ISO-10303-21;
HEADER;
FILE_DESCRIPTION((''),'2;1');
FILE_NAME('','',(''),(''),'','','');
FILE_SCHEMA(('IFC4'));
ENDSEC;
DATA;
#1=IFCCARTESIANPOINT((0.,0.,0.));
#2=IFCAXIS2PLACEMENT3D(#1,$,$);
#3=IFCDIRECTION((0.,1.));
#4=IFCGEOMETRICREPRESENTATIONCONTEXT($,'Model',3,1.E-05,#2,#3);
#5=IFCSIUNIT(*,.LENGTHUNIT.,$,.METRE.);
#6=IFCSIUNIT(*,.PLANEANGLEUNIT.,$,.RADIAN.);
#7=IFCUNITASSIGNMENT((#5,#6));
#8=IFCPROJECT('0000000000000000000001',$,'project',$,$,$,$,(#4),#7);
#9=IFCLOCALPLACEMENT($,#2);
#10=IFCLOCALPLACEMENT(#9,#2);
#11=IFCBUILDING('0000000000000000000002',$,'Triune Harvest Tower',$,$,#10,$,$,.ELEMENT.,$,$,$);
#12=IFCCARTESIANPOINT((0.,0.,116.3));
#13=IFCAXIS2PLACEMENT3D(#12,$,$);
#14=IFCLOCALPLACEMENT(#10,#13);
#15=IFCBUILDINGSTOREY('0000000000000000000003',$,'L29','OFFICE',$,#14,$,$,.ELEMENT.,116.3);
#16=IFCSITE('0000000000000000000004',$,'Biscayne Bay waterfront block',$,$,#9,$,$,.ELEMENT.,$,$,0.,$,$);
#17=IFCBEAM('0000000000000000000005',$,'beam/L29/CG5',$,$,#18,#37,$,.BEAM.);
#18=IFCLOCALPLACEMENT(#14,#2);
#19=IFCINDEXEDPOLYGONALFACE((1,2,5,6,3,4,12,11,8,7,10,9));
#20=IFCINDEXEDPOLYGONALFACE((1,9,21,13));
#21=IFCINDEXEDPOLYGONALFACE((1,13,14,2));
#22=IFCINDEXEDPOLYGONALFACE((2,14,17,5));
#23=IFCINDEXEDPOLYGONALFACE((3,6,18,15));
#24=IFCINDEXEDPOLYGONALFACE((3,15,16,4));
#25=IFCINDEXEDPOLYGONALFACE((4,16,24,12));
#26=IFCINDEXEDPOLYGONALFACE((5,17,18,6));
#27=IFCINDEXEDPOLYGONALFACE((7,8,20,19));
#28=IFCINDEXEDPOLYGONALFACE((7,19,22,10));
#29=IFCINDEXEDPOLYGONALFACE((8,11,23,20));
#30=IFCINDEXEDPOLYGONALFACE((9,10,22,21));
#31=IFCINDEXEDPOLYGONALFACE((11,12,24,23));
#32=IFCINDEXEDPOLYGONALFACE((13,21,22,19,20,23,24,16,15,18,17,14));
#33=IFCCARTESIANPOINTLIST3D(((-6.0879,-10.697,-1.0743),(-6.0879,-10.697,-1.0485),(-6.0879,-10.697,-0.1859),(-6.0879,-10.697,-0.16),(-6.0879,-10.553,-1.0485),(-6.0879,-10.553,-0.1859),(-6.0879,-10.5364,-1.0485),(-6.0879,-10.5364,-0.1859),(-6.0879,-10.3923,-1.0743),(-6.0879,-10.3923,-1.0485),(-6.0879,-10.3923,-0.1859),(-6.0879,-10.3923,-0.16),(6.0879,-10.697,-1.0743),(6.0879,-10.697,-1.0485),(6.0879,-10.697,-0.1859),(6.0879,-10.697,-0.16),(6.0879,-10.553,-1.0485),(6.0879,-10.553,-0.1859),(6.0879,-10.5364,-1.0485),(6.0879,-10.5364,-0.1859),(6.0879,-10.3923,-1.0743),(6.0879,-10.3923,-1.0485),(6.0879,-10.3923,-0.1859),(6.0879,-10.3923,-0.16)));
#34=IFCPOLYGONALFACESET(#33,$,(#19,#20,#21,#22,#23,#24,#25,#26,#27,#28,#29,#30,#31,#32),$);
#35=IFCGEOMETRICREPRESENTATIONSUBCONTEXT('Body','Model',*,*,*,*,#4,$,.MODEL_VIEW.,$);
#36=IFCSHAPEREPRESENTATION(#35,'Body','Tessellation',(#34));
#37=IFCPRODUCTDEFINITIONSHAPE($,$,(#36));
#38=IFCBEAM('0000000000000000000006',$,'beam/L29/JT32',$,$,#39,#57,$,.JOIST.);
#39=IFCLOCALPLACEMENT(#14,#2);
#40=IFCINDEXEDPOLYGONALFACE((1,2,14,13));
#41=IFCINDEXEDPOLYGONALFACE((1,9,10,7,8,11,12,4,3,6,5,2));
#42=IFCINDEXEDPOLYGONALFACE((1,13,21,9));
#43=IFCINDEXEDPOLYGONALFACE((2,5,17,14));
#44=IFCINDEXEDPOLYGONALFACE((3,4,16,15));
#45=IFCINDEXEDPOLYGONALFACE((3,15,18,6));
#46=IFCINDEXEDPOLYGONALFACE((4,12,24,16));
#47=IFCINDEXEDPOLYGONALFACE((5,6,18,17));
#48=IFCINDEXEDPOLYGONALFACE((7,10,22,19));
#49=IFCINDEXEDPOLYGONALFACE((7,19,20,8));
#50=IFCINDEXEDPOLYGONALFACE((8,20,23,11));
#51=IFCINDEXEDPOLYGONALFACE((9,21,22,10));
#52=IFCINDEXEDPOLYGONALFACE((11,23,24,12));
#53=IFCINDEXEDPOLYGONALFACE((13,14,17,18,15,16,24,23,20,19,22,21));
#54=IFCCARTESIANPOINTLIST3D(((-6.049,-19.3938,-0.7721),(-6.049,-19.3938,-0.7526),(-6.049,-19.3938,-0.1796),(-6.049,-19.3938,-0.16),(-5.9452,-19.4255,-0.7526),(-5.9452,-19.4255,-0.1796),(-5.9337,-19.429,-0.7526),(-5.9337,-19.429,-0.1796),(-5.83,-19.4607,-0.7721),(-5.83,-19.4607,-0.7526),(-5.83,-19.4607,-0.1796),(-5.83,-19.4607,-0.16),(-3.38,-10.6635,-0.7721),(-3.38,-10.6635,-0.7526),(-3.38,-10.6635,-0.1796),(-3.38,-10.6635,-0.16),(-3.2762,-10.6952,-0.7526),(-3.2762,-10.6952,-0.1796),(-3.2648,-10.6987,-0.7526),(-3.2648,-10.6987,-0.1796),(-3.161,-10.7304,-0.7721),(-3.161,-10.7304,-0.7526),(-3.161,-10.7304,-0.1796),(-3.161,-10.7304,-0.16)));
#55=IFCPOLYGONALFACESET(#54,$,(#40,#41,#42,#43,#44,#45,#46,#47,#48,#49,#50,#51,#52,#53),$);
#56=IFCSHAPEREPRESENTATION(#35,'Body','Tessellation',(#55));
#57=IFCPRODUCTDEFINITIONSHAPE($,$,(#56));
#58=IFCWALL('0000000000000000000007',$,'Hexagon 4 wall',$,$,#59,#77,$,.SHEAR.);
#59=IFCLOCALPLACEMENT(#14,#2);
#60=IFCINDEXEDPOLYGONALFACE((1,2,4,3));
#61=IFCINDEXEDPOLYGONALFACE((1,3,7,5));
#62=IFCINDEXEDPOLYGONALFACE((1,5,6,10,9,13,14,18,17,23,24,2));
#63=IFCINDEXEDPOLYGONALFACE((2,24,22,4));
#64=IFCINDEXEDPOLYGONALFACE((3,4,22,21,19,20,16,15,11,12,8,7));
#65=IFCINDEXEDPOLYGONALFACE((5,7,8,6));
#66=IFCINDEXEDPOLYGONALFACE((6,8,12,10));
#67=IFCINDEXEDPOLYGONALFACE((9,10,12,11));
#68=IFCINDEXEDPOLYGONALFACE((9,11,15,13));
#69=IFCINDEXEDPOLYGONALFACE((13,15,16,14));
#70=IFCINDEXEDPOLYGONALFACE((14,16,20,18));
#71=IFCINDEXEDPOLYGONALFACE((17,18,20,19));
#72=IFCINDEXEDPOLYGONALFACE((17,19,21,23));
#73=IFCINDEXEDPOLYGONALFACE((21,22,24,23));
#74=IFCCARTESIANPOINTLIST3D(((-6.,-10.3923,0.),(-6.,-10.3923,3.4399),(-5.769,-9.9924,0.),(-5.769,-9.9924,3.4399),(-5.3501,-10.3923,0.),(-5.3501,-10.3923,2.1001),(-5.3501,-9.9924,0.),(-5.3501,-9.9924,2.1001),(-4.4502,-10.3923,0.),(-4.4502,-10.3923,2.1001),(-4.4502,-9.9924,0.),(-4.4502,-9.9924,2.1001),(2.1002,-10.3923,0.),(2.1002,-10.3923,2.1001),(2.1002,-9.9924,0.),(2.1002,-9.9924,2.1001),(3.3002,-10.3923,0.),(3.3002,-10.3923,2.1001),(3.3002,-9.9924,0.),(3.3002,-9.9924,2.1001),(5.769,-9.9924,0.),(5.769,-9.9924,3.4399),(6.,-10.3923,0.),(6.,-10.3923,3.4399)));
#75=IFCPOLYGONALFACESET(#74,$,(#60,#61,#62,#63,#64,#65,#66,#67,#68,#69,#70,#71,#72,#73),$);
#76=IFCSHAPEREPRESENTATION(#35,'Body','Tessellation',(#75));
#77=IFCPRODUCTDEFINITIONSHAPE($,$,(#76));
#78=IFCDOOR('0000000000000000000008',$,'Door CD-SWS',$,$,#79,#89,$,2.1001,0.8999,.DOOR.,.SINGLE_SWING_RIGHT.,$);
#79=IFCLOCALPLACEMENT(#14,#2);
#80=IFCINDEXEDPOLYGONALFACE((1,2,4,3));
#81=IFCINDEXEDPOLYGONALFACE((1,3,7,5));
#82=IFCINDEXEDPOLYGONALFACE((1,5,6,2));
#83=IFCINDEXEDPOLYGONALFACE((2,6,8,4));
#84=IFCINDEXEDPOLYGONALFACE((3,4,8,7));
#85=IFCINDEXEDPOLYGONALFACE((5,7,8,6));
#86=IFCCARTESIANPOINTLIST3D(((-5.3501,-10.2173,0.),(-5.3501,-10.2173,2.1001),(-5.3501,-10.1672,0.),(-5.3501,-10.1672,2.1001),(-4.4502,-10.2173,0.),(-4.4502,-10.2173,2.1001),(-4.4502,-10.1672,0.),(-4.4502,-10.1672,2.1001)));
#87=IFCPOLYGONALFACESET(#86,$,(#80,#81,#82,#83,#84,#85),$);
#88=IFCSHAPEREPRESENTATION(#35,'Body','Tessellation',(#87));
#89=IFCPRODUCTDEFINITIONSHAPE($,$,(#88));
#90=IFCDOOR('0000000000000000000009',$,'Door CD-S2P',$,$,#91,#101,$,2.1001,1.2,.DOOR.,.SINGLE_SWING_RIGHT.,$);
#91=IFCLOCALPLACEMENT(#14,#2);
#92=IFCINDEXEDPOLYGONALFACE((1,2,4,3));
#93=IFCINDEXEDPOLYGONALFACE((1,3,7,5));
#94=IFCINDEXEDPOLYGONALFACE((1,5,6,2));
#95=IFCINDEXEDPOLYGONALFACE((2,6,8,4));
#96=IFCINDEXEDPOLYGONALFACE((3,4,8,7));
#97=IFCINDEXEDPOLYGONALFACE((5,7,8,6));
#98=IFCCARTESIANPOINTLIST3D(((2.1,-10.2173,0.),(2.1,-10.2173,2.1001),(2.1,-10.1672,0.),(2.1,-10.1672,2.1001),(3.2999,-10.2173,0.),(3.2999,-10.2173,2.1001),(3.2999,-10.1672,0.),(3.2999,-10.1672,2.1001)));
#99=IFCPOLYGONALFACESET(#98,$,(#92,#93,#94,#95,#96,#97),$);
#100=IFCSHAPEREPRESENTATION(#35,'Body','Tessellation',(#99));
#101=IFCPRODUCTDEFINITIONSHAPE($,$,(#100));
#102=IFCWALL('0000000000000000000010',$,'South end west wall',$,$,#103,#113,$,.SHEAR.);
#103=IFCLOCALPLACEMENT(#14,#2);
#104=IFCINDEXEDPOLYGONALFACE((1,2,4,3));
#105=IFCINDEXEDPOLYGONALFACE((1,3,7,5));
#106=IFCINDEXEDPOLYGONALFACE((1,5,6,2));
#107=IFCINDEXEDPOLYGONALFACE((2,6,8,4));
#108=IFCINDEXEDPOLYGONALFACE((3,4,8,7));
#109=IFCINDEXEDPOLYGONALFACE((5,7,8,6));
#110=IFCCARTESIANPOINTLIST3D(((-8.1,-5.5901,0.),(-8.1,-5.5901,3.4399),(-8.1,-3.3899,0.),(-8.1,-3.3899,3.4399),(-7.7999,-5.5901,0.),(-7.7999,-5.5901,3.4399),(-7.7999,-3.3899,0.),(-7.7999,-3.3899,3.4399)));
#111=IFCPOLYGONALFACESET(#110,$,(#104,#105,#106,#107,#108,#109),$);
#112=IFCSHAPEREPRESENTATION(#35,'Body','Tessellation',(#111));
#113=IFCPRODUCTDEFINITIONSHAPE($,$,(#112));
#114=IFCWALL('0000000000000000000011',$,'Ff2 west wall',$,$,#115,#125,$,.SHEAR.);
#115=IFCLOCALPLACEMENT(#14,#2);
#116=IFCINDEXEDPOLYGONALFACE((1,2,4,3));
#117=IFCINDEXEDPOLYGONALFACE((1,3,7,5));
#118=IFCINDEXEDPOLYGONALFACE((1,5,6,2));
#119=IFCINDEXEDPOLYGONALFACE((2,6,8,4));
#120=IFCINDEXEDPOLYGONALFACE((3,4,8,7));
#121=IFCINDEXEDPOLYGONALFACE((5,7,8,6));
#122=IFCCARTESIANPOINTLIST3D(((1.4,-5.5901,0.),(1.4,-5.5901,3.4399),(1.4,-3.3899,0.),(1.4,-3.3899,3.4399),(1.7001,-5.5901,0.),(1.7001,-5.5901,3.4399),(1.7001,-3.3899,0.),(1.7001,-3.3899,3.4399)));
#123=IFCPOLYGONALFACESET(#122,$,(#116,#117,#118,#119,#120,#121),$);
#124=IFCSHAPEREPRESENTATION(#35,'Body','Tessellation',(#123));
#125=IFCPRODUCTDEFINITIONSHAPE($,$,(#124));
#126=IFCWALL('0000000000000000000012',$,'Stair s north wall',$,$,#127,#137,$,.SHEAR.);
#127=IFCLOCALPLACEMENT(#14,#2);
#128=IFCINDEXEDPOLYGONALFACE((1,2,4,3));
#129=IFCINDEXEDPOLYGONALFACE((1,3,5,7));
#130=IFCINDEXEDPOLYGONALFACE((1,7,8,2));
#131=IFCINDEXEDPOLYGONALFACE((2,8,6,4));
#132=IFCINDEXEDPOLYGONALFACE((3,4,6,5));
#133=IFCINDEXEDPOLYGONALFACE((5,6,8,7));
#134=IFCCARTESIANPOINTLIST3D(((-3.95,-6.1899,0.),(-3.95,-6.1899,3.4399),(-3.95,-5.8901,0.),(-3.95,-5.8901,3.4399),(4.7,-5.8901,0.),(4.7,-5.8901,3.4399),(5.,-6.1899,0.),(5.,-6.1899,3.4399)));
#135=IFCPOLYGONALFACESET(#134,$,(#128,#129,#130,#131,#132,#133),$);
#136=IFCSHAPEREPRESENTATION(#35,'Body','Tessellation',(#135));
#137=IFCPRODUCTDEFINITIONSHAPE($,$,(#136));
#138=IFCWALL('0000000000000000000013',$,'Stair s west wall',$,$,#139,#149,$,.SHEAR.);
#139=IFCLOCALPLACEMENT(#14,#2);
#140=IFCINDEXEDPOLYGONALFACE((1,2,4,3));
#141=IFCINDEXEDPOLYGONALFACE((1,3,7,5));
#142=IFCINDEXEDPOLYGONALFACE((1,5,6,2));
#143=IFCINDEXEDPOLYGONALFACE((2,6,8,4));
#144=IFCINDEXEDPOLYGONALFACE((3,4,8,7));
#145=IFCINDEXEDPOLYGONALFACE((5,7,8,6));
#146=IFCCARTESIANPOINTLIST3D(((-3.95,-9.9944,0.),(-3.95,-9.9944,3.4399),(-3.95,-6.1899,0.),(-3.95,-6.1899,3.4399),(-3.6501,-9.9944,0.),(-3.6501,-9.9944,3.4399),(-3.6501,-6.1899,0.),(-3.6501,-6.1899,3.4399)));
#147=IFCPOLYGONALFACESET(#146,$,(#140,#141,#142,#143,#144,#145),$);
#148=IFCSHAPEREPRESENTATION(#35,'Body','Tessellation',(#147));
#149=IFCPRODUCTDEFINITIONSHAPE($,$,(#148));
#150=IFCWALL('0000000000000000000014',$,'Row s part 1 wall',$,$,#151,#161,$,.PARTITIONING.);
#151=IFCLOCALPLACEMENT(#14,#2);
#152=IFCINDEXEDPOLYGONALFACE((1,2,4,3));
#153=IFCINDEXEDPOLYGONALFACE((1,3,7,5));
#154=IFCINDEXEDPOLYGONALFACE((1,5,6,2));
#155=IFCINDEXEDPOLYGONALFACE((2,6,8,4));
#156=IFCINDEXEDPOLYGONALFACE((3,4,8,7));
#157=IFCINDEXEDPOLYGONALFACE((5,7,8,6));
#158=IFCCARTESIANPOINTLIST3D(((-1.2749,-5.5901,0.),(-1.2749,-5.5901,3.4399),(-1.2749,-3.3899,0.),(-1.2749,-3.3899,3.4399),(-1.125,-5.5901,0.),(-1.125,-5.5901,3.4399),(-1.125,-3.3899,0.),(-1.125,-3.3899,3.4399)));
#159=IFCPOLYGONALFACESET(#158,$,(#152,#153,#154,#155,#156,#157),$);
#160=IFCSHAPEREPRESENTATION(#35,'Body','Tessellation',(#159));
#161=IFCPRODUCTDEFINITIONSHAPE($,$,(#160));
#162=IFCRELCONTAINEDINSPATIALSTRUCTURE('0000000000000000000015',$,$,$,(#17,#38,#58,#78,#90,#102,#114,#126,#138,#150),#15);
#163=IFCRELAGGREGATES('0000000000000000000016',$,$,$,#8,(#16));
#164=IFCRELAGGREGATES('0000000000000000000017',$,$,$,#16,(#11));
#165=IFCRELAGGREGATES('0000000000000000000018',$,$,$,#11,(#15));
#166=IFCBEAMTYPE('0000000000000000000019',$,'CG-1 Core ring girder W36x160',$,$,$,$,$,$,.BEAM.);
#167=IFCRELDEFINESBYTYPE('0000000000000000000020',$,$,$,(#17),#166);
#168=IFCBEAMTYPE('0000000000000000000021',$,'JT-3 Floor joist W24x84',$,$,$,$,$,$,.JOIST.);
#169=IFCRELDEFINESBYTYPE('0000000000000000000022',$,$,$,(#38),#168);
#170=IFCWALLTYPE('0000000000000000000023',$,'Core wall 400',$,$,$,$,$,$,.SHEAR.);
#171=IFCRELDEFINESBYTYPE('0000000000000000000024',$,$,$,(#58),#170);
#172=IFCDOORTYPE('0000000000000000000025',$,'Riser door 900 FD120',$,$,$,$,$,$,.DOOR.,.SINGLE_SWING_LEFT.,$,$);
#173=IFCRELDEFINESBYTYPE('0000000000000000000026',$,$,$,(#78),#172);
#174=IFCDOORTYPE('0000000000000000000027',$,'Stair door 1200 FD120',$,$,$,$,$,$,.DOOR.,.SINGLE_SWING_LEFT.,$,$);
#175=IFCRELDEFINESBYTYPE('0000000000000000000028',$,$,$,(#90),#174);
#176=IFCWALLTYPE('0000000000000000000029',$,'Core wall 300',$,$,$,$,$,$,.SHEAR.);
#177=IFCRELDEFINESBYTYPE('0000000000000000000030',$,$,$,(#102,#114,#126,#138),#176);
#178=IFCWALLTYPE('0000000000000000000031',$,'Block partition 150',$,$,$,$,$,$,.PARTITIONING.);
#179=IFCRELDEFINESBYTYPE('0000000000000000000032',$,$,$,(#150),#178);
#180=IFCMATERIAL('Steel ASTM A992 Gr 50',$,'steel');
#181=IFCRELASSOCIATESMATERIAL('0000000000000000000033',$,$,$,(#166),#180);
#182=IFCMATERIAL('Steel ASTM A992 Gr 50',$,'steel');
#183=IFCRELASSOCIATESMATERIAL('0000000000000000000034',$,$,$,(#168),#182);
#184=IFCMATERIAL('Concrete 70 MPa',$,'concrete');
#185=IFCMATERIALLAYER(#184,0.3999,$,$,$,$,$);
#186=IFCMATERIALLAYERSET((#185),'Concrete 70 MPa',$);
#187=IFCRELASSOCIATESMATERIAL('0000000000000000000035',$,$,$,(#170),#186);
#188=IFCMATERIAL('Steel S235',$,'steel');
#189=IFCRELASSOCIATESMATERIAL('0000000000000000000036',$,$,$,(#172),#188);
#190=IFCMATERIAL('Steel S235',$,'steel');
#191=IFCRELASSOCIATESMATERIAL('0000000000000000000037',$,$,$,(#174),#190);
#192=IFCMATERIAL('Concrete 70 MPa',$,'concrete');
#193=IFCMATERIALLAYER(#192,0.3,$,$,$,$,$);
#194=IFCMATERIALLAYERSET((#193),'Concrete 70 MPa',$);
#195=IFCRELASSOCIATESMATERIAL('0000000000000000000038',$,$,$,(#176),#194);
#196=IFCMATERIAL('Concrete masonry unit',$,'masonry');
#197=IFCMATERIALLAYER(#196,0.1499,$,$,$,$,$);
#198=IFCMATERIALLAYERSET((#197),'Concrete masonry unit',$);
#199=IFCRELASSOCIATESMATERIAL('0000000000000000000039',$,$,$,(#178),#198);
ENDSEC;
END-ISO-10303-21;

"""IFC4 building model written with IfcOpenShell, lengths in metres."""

from ifc_helpers import new_model, si_unit, direction, frame, frame_2d, origin, origin_2d, place, context, subcontext, project, spatial, polyline, rectangle, i_section, outline, extrude, source, transform, mapped, material, layer, layer_set, material_profile, profile_set, type_object, element, fill, save


model = new_model("IFC4")

# Units and contexts
model_context = context("Model", 3, precision=1e-05, world=origin(), true_north=direction((0.0, 1.0)))
body_context = subcontext(model_context, "Body", "Model", "MODEL_VIEW")
ifc_project = project(units=[si_unit("LENGTHUNIT", "METRE"), si_unit("PLANEANGLEUNIT", "RADIAN")], contexts=[model_context])

# Site, building, storey
site_placement = place(None, origin())
site = spatial("IfcSite", under=ifc_project, at=site_placement, Name="Biscayne Bay waterfront block", CompositionType="ELEMENT", RefElevation=0.0)
building_placement = place(site_placement, origin())
building = spatial("IfcBuilding", under=site, at=building_placement, Name="Triune Harvest Tower", CompositionType="ELEMENT")
storey_placement = place(building_placement, frame((0.0, 0.0, 116.3)))
storey = spatial("IfcBuildingStorey", under=building, at=storey_placement, Name="L29", Description="OFFICE", CompositionType="ELEMENT", Elevation=116.3)

# Beams
ifc_material_1 = material(Name="Steel ASTM A992 Gr 50", Category="steel")
ifc_material_profile_1 = material_profile(ifc_material_1, i_section(OverallWidth=0.3047, OverallDepth=0.9143, WebThickness=0.0166, FlangeThickness=0.0259, at=origin_2d()), Name="W36x160")
ifc_profile_set_1 = profile_set([ifc_material_profile_1], Name="Steel ASTM A992 Gr 50")
beam_type_1 = type_object("IfcBeamType", Name="CG-1 Core ring girder W36x160", PredefinedType="BEAM", material=ifc_profile_set_1)
shared_shape_1 = source(origin(), body_context, "Body", "SweptSolid", [
    extrude(i_section(OverallWidth=0.3047, OverallDepth=0.9143, WebThickness=0.0166, FlangeThickness=0.0259, at=origin_2d()), origin(), (0.0, 0.0, 1.0), 12.1758),
])
beam_1_placement = place(storey_placement, frame((-6.0879, -10.5447, -0.6172), z_axis=(1.0, 0.0, 0.0), x_axis=(0.0, 1.0, 0.0)))
element("IfcBeam", 1, at=beam_1_placement, inside=storey, type_object=beam_type_1, Name="beam/L29/CG5", PredefinedType="BEAM", context=body_context, shape_type="MappedRepresentation", body=[
    mapped(shared_shape_1, transform((0.0, 0.0, 0.0), scale=1.0)),
])
ifc_material_2 = material(Name="Steel ASTM A992 Gr 50", Category="steel")
ifc_material_profile_2 = material_profile(ifc_material_2, i_section(OverallWidth=0.229, OverallDepth=0.6121, WebThickness=0.012, FlangeThickness=0.0195, at=origin_2d()), Name="W24x84")
ifc_profile_set_2 = profile_set([ifc_material_profile_2], Name="Steel ASTM A992 Gr 50")
beam_type_2 = type_object("IfcBeamType", Name="JT-3 Floor joist W24x84", PredefinedType="JOIST", material=ifc_profile_set_2)
shared_shape_2 = source(origin(), body_context, "Body", "SweptSolid", [
    extrude(i_section(OverallWidth=0.229, OverallDepth=0.6121, WebThickness=0.012, FlangeThickness=0.0195, at=origin_2d()), origin(), (0.0, 0.0, 1.0), 9.1292),
])
beam_2_placement = place(storey_placement, frame((-5.9395, -19.4272, -0.4661), z_axis=(0.292356, 0.956309, 0.0), x_axis=(-0.956309, 0.292356, 0.0)))
element("IfcBeam", 2, at=beam_2_placement, inside=storey, type_object=beam_type_2, Name="beam/L29/JT32", PredefinedType="JOIST", context=body_context, shape_type="MappedRepresentation", body=[
    mapped(shared_shape_2, transform((0.0, 0.0, 0.0), scale=1.0)),
])

# Wall, openings, doors
ifc_material_3 = material(Name="Concrete 70 MPa", Category="concrete")
ifc_layer_1 = layer(ifc_material_3, 0.3999)
ifc_layer_set_1 = layer_set([ifc_layer_1], Name="Concrete 70 MPa")
wall_type_1 = type_object("IfcWallType", Name="Core wall 400", PredefinedType="SHEAR", material=ifc_layer_set_1)
shared_shape_3 = source(origin(), body_context, "Body", "SweptSolid", [
    extrude(outline(polyline([(-0.1155, -0.2), (11.8845, -0.2), (11.6536, 0.2), (0.1155, 0.2), (-0.1155, -0.2)])), origin(), (0.0, 0.0, 1.0), 3.4399),
])
wall_1_placement = place(storey_placement, frame((-5.8845, -10.1924, 0.0), z_axis=(0.0, 0.0, 1.0), x_axis=(1.0, 0.0, 0.0)))
wall_1 = element("IfcWall", 3, at=wall_1_placement, inside=storey, type_object=wall_type_1, Name="Hexagon 4 wall", PredefinedType="SHEAR", context=body_context, shape_type="MappedRepresentation", body=[
    mapped(shared_shape_3, transform((0.0, 0.0, 0.0), scale=1.0)),
])
opening_1_placement = place(wall_1_placement, frame((7.9846, 0.0, 0.0)))
opening_1 = element("IfcOpeningElement", 4, at=opening_1_placement, cuts=wall_1, PredefinedType="OPENING", context=body_context, shape_type="SweptSolid", body=[
    extrude(rectangle(XDim=1.2, YDim=2.1001, at=frame_2d((0.6001, 1.05))), frame((0.0, 0.21, 0.0), z_axis=(0.0, -1.0, 0.0), x_axis=(1.0, 0.0, 0.0)), (0.0, 0.0, 1.0), 0.4199),
])
opening_2_placement = place(wall_1_placement, frame((0.5344, 0.0, 0.0)))
opening_2 = element("IfcOpeningElement", 5, at=opening_2_placement, cuts=wall_1, PredefinedType="OPENING", context=body_context, shape_type="SweptSolid", body=[
    extrude(rectangle(XDim=0.8999, YDim=2.1001, at=frame_2d((0.45, 1.05))), frame((0.0, 0.21, 0.0), z_axis=(0.0, -1.0, 0.0), x_axis=(1.0, 0.0, 0.0)), (0.0, 0.0, 1.0), 0.4199),
])
ifc_material_4 = material(Name="Steel S235", Category="steel")
door_type_1 = type_object("IfcDoorType", Name="Riser door 900 FD120", OperationType="SINGLE_SWING_LEFT", PredefinedType="DOOR", material=ifc_material_4)
door_1_placement = place(opening_2_placement, frame((0.8999, 0.0, 0.0), z_axis=(0.0, 0.0, 1.0), x_axis=(-1.0, 0.0, 0.0)))
door_1 = element("IfcDoor", 6, at=door_1_placement, inside=storey, type_object=door_type_1, Name="Door CD-SWS", OperationType="SINGLE_SWING_RIGHT", OverallHeight=2.1001, OverallWidth=0.8999, PredefinedType="DOOR", context=body_context, shape_type="SweptSolid", body=[
    extrude(rectangle(XDim=0.8999, YDim=2.1001, at=frame_2d((0.45, 1.05))), frame((0.0, 0.0249, 0.0), z_axis=(0.0, -1.0, 0.0), x_axis=(1.0, 0.0, 0.0)), (0.0, 0.0, 1.0), 0.05),
])
fill(opening_2, door_1)
ifc_material_5 = material(Name="Steel S235", Category="steel")
door_type_2 = type_object("IfcDoorType", Name="Stair door 1200 FD120", OperationType="SINGLE_SWING_LEFT", PredefinedType="DOOR", material=ifc_material_5)
door_2_placement = place(opening_1_placement, frame((1.2, 0.0, 0.0), z_axis=(0.0, 0.0, 1.0), x_axis=(-1.0, 0.0, 0.0)))
door_2 = element("IfcDoor", 7, at=door_2_placement, inside=storey, type_object=door_type_2, Name="Door CD-S2P", OperationType="SINGLE_SWING_RIGHT", OverallHeight=2.1001, OverallWidth=1.2, PredefinedType="DOOR", context=body_context, shape_type="SweptSolid", body=[
    extrude(rectangle(XDim=1.2, YDim=2.1001, at=frame_2d((0.6001, 1.05))), frame((0.0, 0.0249, 0.0), z_axis=(0.0, -1.0, 0.0), x_axis=(1.0, 0.0, 0.0)), (0.0, 0.0, 1.0), 0.05),
])
fill(opening_1, door_2)

# Walls
ifc_material_6 = material(Name="Concrete 70 MPa", Category="concrete")
ifc_layer_2 = layer(ifc_material_6, 0.3)
ifc_layer_set_2 = layer_set([ifc_layer_2], Name="Concrete 70 MPa")
wall_type_2 = type_object("IfcWallType", Name="Core wall 300", PredefinedType="SHEAR", material=ifc_layer_set_2)
shared_shape_4 = source(origin(), body_context, "Body", "SweptSolid", [
    extrude(rectangle(XDim=2.2002, YDim=0.3, at=frame_2d((1.1001, 0.0))), origin(), (0.0, 0.0, 1.0), 3.4399),
])
for number, where, z_axis, x_axis, name in (
    (8, (-7.95, -5.5901, 0.0), (0.0, 0.0, 1.0), (0.0, 1.0, 0.0), "South end west wall"),
    (9, (1.55, -5.5901, 0.0), (0.0, 0.0, 1.0), (0.0, 1.0, 0.0), "Ff2 west wall"),
):
    element("IfcWall", number, at=place(storey_placement, frame(where, z_axis=z_axis, x_axis=x_axis)), inside=storey, type_object=wall_type_2, Name=name, PredefinedType="SHEAR", context=body_context, shape_type="MappedRepresentation", body=[
        mapped(shared_shape_4, transform((0.0, 0.0, 0.0), scale=1.0)),
    ])
shared_shape_5 = source(origin(), body_context, "Body", "SweptSolid", [
    extrude(outline(polyline([(0.0, -0.1499), (8.95, -0.1499), (8.6499, 0.1499), (0.0, 0.1499), (0.0, -0.1499)])), origin(), (0.0, 0.0, 1.0), 3.4399),
])
wall_2_placement = place(storey_placement, frame((-3.95, -6.04, 0.0), z_axis=(0.0, 0.0, 1.0), x_axis=(1.0, 0.0, 0.0)))
element("IfcWall", 10, at=wall_2_placement, inside=storey, type_object=wall_type_2, Name="Stair s north wall", PredefinedType="SHEAR", context=body_context, shape_type="MappedRepresentation", body=[
    mapped(shared_shape_5, transform((0.0, 0.0, 0.0), scale=1.0)),
])
shared_shape_6 = source(origin(), body_context, "Body", "SweptSolid", [
    extrude(outline(polyline([(3.8, -0.1499), (-0.0044, -0.1499), (-0.0044, 0.1499), (3.8, 0.1499), (3.8, -0.1499)])), origin(), (0.0, 0.0, 1.0), 3.4399),
])
wall_3_placement = place(storey_placement, frame((-3.8, -9.99, 0.0), z_axis=(0.0, 0.0, 1.0), x_axis=(0.0, 1.0, 0.0)))
element("IfcWall", 11, at=wall_3_placement, inside=storey, type_object=wall_type_2, Name="Stair s west wall", PredefinedType="SHEAR", context=body_context, shape_type="MappedRepresentation", body=[
    mapped(shared_shape_6, transform((0.0, 0.0, 0.0), scale=1.0)),
])
ifc_material_7 = material(Name="Concrete masonry unit", Category="masonry")
ifc_layer_3 = layer(ifc_material_7, 0.1499)
ifc_layer_set_3 = layer_set([ifc_layer_3], Name="Concrete masonry unit")
wall_type_3 = type_object("IfcWallType", Name="Block partition 150", PredefinedType="PARTITIONING", material=ifc_layer_set_3)
shared_shape_7 = source(origin(), body_context, "Body", "SweptSolid", [
    extrude(rectangle(XDim=2.2002, YDim=0.1499, at=frame_2d((1.1001, 0.0))), origin(), (0.0, 0.0, 1.0), 3.4399),
])
wall_4_placement = place(storey_placement, frame((-1.2, -5.5901, 0.0), z_axis=(0.0, 0.0, 1.0), x_axis=(0.0, 1.0, 0.0)))
element("IfcWall", 12, at=wall_4_placement, inside=storey, type_object=wall_type_3, Name="Row s part 1 wall", PredefinedType="PARTITIONING", context=body_context, shape_type="MappedRepresentation", body=[
    mapped(shared_shape_7, transform((0.0, 0.0, 0.0), scale=1.0)),
])

save(model, "model.ifc")
